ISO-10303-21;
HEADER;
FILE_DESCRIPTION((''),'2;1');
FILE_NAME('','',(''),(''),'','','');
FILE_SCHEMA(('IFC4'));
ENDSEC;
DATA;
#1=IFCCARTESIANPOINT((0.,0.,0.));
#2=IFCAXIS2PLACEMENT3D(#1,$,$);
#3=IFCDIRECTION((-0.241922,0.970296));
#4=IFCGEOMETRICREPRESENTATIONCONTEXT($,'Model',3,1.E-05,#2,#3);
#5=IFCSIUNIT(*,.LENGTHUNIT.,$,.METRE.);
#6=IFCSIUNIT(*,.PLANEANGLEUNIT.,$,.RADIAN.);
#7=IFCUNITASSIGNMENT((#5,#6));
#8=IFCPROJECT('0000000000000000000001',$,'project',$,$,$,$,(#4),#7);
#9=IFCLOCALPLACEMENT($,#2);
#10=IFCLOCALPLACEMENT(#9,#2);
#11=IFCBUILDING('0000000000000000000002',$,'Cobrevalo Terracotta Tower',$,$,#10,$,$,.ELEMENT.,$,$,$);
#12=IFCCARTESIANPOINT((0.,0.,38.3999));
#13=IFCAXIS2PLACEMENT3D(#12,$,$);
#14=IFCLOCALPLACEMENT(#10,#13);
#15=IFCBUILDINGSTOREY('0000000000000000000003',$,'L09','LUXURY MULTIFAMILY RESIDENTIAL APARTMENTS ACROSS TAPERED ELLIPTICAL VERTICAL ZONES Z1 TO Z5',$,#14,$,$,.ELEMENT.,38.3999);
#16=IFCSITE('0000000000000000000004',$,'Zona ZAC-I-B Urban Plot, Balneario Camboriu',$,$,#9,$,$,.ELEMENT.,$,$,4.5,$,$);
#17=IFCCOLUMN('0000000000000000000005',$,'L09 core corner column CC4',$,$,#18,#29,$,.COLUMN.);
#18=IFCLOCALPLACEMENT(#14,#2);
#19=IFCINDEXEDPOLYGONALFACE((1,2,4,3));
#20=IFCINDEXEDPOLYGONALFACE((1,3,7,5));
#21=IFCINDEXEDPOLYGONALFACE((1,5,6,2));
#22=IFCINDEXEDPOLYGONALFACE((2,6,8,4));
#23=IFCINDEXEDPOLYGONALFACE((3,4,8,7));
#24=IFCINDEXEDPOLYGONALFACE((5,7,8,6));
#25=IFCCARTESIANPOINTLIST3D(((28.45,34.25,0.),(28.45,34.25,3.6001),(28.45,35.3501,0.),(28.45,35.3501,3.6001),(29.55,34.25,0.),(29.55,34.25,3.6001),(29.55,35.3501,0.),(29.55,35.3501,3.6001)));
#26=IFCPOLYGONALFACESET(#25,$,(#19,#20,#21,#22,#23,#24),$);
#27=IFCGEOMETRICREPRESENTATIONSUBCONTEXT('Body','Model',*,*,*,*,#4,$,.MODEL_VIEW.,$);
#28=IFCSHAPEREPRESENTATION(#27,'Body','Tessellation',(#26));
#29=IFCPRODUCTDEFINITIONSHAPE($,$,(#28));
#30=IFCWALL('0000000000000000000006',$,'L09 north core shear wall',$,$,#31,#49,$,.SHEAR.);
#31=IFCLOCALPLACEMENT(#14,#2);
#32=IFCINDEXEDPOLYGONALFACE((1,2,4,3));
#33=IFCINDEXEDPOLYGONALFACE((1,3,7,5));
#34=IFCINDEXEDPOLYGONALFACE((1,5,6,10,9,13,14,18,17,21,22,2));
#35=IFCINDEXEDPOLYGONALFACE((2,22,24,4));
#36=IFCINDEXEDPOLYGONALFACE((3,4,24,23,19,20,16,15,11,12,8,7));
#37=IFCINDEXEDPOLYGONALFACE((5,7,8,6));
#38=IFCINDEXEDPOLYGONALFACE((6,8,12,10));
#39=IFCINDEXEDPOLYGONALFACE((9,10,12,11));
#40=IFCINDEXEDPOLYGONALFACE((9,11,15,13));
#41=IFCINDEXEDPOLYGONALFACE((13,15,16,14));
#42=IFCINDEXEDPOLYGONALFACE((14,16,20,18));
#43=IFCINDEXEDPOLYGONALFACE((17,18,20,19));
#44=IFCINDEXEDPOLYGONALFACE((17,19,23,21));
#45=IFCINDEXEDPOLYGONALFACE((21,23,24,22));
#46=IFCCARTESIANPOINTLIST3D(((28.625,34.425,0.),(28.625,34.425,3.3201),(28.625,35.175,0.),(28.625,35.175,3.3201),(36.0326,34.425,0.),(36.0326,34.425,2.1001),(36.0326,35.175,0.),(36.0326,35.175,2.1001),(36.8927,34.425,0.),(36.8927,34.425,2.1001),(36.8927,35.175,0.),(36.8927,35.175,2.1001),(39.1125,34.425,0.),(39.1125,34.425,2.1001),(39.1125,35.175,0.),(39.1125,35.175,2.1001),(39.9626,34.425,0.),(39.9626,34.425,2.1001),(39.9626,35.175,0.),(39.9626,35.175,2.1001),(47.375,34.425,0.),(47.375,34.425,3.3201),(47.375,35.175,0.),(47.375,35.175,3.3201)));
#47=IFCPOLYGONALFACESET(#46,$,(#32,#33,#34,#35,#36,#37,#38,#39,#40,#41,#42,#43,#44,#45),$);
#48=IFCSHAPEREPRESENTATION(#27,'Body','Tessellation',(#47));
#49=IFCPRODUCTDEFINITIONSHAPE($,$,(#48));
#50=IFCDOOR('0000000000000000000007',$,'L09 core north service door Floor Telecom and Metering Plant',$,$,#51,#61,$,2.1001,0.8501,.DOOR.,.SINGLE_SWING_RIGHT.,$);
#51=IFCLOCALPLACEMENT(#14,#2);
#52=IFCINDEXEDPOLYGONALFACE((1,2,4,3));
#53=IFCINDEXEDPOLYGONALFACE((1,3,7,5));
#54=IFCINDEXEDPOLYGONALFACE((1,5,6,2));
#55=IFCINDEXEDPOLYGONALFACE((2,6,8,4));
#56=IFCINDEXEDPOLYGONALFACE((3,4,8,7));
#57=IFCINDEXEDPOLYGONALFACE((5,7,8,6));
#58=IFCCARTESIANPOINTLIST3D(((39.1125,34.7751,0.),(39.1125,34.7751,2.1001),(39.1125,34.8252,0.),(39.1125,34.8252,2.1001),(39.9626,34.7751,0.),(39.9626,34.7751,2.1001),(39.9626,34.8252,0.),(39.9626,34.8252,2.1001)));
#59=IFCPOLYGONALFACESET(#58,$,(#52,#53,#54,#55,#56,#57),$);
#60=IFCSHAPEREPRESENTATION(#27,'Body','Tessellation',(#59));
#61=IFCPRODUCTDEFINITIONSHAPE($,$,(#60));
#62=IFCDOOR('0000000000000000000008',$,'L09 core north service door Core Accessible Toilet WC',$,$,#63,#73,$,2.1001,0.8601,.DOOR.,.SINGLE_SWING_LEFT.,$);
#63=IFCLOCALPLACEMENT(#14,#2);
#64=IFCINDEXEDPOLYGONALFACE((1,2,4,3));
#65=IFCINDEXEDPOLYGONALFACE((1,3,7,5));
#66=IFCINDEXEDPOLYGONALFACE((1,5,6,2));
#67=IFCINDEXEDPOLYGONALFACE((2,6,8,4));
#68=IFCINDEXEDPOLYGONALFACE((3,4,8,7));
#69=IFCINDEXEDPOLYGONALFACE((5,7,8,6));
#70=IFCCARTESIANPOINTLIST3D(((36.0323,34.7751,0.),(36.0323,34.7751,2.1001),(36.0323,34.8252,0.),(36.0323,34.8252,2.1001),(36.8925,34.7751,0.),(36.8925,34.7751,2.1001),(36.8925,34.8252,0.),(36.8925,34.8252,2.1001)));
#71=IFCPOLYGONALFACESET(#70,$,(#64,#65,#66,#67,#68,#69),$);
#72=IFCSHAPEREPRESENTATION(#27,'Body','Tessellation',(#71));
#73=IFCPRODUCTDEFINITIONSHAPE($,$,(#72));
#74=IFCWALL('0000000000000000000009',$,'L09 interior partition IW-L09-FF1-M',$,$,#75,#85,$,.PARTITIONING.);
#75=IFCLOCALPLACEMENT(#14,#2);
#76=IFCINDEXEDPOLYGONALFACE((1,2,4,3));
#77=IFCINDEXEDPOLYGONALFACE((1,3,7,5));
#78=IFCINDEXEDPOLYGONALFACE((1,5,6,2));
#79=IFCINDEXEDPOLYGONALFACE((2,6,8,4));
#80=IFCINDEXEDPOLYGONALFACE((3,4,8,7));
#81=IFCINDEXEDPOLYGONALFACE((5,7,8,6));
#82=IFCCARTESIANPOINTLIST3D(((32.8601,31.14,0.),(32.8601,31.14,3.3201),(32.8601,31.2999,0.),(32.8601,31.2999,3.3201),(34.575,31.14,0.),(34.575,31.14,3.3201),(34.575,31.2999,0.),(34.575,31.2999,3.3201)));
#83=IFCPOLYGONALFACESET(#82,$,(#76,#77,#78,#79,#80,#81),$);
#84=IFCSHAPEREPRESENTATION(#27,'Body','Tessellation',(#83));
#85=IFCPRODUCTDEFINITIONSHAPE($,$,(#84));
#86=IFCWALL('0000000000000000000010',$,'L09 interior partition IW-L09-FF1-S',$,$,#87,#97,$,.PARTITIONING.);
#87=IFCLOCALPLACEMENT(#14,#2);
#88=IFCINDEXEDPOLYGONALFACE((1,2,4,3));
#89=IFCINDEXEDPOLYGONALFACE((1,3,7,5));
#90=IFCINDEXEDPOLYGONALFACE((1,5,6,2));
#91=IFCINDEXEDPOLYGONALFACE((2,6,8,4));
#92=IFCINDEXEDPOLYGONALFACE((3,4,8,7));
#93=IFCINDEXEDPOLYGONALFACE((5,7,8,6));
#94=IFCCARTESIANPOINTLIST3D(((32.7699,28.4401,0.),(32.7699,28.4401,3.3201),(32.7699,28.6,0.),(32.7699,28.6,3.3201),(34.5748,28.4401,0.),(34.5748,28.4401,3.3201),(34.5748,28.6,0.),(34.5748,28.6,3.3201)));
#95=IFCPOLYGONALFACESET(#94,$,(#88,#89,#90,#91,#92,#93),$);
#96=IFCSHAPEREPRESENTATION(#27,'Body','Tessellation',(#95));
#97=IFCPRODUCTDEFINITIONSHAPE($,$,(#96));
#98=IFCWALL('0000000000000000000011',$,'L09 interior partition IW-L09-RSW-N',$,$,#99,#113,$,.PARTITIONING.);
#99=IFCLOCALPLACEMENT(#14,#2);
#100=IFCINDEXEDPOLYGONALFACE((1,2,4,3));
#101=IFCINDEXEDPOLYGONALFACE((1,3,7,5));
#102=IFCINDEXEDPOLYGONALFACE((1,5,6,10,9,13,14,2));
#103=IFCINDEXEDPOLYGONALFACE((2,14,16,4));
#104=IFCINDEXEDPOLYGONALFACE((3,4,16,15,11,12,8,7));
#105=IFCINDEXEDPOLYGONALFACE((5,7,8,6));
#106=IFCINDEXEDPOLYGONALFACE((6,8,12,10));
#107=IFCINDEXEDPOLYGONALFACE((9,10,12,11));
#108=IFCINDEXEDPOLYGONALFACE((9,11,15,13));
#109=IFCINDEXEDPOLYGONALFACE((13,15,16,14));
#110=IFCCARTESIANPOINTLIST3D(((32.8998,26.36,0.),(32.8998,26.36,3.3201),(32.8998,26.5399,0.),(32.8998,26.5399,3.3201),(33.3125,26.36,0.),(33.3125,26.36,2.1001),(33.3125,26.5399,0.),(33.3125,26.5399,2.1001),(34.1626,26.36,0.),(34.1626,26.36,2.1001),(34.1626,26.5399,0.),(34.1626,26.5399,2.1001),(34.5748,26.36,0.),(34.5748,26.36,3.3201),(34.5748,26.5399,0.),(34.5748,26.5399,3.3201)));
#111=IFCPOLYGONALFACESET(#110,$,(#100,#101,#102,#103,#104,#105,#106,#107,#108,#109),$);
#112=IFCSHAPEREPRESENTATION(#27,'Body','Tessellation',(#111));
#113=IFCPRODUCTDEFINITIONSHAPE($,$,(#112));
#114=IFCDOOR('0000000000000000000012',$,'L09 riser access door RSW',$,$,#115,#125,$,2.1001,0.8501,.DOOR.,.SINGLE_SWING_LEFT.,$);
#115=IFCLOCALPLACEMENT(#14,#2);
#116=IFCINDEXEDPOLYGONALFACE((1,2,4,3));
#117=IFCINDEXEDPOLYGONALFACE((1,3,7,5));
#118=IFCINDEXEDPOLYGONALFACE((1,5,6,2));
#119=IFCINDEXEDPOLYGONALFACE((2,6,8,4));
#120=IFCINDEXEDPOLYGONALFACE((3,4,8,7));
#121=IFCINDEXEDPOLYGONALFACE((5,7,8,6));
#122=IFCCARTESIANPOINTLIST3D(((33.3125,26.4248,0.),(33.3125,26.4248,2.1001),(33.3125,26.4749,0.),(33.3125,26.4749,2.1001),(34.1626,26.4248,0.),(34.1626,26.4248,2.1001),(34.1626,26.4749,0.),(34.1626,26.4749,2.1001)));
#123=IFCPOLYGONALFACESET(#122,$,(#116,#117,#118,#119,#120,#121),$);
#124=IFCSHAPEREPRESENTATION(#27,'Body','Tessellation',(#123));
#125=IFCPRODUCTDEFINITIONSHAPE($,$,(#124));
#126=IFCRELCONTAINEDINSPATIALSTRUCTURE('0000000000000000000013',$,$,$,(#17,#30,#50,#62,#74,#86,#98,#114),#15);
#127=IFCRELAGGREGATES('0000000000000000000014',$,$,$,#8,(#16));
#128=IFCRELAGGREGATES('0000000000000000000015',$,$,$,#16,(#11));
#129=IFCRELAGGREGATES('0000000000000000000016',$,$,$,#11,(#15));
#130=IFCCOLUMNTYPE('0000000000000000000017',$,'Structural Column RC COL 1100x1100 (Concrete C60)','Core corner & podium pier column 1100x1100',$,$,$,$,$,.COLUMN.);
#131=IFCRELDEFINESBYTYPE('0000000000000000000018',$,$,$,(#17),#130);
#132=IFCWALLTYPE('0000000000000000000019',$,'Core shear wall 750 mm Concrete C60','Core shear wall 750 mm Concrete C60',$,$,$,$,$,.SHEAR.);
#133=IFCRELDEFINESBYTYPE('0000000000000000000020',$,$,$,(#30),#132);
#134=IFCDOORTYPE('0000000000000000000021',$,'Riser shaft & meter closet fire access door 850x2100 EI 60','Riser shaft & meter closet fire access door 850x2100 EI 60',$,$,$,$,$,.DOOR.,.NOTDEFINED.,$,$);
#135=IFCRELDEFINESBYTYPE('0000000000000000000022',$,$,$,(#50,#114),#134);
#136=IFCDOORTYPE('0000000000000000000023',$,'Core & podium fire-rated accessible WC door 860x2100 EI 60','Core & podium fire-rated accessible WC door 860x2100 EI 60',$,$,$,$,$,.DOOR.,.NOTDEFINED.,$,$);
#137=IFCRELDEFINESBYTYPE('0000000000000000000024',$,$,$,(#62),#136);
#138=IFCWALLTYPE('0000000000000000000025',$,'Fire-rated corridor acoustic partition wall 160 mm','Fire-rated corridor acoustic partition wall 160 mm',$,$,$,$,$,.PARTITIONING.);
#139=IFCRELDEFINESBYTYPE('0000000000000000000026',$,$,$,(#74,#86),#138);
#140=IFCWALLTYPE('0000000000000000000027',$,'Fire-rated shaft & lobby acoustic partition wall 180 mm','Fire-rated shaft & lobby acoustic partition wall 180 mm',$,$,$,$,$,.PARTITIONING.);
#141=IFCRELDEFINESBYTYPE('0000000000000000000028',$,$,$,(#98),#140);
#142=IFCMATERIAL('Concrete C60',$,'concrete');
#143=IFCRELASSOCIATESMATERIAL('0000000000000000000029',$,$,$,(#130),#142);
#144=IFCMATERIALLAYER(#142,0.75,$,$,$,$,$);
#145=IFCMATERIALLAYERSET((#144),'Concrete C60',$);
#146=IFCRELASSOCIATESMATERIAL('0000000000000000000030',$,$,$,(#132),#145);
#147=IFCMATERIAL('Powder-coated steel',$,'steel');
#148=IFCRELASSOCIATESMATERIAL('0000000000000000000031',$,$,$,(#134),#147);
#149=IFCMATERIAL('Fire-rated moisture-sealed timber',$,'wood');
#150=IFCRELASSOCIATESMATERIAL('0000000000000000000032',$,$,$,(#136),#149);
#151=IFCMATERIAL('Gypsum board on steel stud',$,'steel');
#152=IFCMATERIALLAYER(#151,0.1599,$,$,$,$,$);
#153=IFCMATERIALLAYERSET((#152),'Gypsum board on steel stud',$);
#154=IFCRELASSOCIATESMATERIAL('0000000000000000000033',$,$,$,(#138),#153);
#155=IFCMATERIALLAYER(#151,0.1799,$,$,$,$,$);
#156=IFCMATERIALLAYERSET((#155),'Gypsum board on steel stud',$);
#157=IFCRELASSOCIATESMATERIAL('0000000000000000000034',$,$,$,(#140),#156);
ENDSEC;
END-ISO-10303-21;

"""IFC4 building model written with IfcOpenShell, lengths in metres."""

from ifc_helpers import new_model, si_unit, direction, frame, frame_2d, origin, origin_2d, place, context, subcontext, project, spatial, rectangle, extrude, source, transform, mapped, material, layer, layer_set, material_profile, profile_set, type_object, element, fill, save


model = new_model("IFC4")

# Units and contexts
model_context = context("Model", 3, precision=1e-05, world=origin(), true_north=direction((-0.241922, 0.970296)))
body_context = subcontext(model_context, "Body", "Model", "MODEL_VIEW")
ifc_project = project(units=[si_unit("LENGTHUNIT", "METRE"), si_unit("PLANEANGLEUNIT", "RADIAN")], contexts=[model_context])

# Site, building, storey
site_placement = place(None, origin())
site = spatial("IfcSite", under=ifc_project, at=site_placement, Name="Zona ZAC-I-B Urban Plot, Balneario Camboriu", CompositionType="ELEMENT", RefElevation=4.5)
building_placement = place(site_placement, origin())
building = spatial("IfcBuilding", under=site, at=building_placement, Name="Cobrevalo Terracotta Tower", CompositionType="ELEMENT")
storey_placement = place(building_placement, frame((0.0, 0.0, 38.3999)))
storey = spatial("IfcBuildingStorey", under=building, at=storey_placement, Name="L09", Description="LUXURY MULTIFAMILY RESIDENTIAL APARTMENTS ACROSS TAPERED ELLIPTICAL VERTICAL ZONES Z1 TO Z5", CompositionType="ELEMENT", Elevation=38.3999)

# Column
ifc_material_1 = material(Name="Concrete C60", Category="concrete")
ifc_material_profile = material_profile(ifc_material_1, rectangle(XDim=1.1001, YDim=1.1001, at=origin_2d()), Name="RC COL 1100x1100")
ifc_profile_set = profile_set([ifc_material_profile], Name="Concrete C60")
column_type = type_object("IfcColumnType", Name="Structural Column RC COL 1100x1100 (Concrete C60)", Description="Core corner & podium pier column 1100x1100", PredefinedType="COLUMN", material=ifc_profile_set)
column_placement = place(storey_placement, frame((29.0, 34.8, 0.0), z_axis=(0.0, 0.0, 1.0), x_axis=(1.0, 0.0, 0.0)))
element("IfcColumn", 1, at=column_placement, inside=storey, type_object=column_type, Name="L09 core corner column CC4", PredefinedType="COLUMN", context=body_context, shape_type="SweptSolid", body=[
    extrude(rectangle(XDim=1.1001, YDim=1.1001, at=origin_2d()), origin(), (0.0, 0.0, 1.0), 3.6001),
])

# Wall, openings, doors
ifc_layer_1 = layer(ifc_material_1, 0.75)
ifc_layer_set_1 = layer_set([ifc_layer_1], Name="Concrete C60")
wall_type_1 = type_object("IfcWallType", Name="Core shear wall 750 mm Concrete C60", Description="Core shear wall 750 mm Concrete C60", PredefinedType="SHEAR", material=ifc_layer_set_1)
wall_1_placement = place(storey_placement, frame((28.625, 34.8, 0.0), z_axis=(0.0, 0.0, 1.0), x_axis=(1.0, 0.0, 0.0)))
wall_1 = element("IfcWall", 2, at=wall_1_placement, inside=storey, type_object=wall_type_1, Name="L09 north core shear wall", PredefinedType="SHEAR", context=body_context, shape_type="SweptSolid", body=[
    extrude(rectangle(XDim=18.75, YDim=0.75, at=frame_2d((9.375, 0.0))), origin(), (0.0, 0.0, 1.0), 3.3201),
])
opening_1_placement = place(wall_1_placement, frame((7.4075, 0.0, 0.0)))
opening_1 = element("IfcOpeningElement", 3, at=opening_1_placement, cuts=wall_1, PredefinedType="OPENING", context=body_context, shape_type="SweptSolid", body=[
    extrude(rectangle(XDim=0.8601, YDim=2.1001, at=frame_2d((0.4302, 1.05))), frame((0.0, 0.385, 0.0), z_axis=(0.0, -1.0, 0.0), x_axis=(1.0, 0.0, 0.0)), (0.0, 0.0, 1.0), 0.77),
])
opening_2_placement = place(wall_1_placement, frame((10.4875, 0.0, 0.0)))
opening_2 = element("IfcOpeningElement", 4, at=opening_2_placement, cuts=wall_1, PredefinedType="OPENING", context=body_context, shape_type="SweptSolid", body=[
    extrude(rectangle(XDim=0.8501, YDim=2.1001, at=frame_2d((0.425, 1.05))), frame((0.0, 0.385, 0.0), z_axis=(0.0, -1.0, 0.0), x_axis=(1.0, 0.0, 0.0)), (0.0, 0.0, 1.0), 0.77),
])
ifc_material_2 = material(Name="Powder-coated steel", Category="steel")
door_type_1 = type_object("IfcDoorType", Name="Riser shaft & meter closet fire access door 850x2100 EI 60", Description="Riser shaft & meter closet fire access door 850x2100 EI 60", OperationType="NOTDEFINED", PredefinedType="DOOR", material=ifc_material_2)
shared_shape_1 = source(origin(), body_context, "Body", "SweptSolid", [
    extrude(rectangle(XDim=0.8501, YDim=2.1001, at=frame_2d((0.425, 1.05))), frame((0.0, 0.0249, 0.0), z_axis=(0.0, -1.0, 0.0), x_axis=(1.0, 0.0, 0.0)), (0.0, 0.0, 1.0), 0.05),
])
door_1_placement = place(opening_2_placement, frame((0.8501, 0.0, 0.0), z_axis=(0.0, 0.0, 1.0), x_axis=(-1.0, 0.0, 0.0)))
door_1 = element("IfcDoor", 5, at=door_1_placement, inside=storey, type_object=door_type_1, Name="L09 core north service door Floor Telecom and Metering Plant", OperationType="SINGLE_SWING_RIGHT", OverallHeight=2.1001, OverallWidth=0.8501, PredefinedType="DOOR", context=body_context, shape_type="MappedRepresentation", body=[
    mapped(shared_shape_1, transform((0.0, 0.0, 0.0), scale=1.0)),
])
fill(opening_2, door_1)
ifc_material_3 = material(Name="Fire-rated moisture-sealed timber", Category="wood")
door_type_2 = type_object("IfcDoorType", Name="Core & podium fire-rated accessible WC door 860x2100 EI 60", Description="Core & podium fire-rated accessible WC door 860x2100 EI 60", OperationType="NOTDEFINED", PredefinedType="DOOR", material=ifc_material_3)
shared_shape_2 = source(origin(), body_context, "Body", "SweptSolid", [
    extrude(rectangle(XDim=0.8601, YDim=2.1001, at=frame_2d((0.4302, 1.05))), frame((0.0, 0.0249, 0.0), z_axis=(0.0, -1.0, 0.0), x_axis=(1.0, 0.0, 0.0)), (0.0, 0.0, 1.0), 0.05),
])
door_2_placement = place(opening_1_placement, frame((0.8601, 0.0, 0.0), z_axis=(0.0, 0.0, 1.0), x_axis=(-1.0, 0.0, 0.0)))
door_2 = element("IfcDoor", 6, at=door_2_placement, inside=storey, type_object=door_type_2, Name="L09 core north service door Core Accessible Toilet WC", OperationType="SINGLE_SWING_LEFT", OverallHeight=2.1001, OverallWidth=0.8601, PredefinedType="DOOR", context=body_context, shape_type="MappedRepresentation", body=[
    mapped(shared_shape_2, transform((0.0, 0.0, 0.0), scale=1.0)),
])
fill(opening_1, door_2)

# Walls
ifc_material_4 = material(Name="Gypsum board on steel stud", Category="steel")
ifc_layer_2 = layer(ifc_material_4, 0.1599)
ifc_layer_set_2 = layer_set([ifc_layer_2], Name="Gypsum board on steel stud")
wall_type_2 = type_object("IfcWallType", Name="Fire-rated corridor acoustic partition wall 160 mm", Description="Fire-rated corridor acoustic partition wall 160 mm", PredefinedType="PARTITIONING", material=ifc_layer_set_2)
wall_2_placement = place(storey_placement, frame((32.8601, 31.22, 0.0), z_axis=(0.0, 0.0, 1.0), x_axis=(1.0, 0.0, 0.0)))
element("IfcWall", 7, at=wall_2_placement, inside=storey, type_object=wall_type_2, Name="L09 interior partition IW-L09-FF1-M", PredefinedType="PARTITIONING", context=body_context, shape_type="SweptSolid", body=[
    extrude(rectangle(XDim=1.7148, YDim=0.1599, at=frame_2d((0.8574, 0.0))), origin(), (0.0, 0.0, 1.0), 3.3201),
])
wall_3_placement = place(storey_placement, frame((32.77, 28.52, 0.0), z_axis=(0.0, 0.0, 1.0), x_axis=(1.0, 0.0, 0.0)))
element("IfcWall", 8, at=wall_3_placement, inside=storey, type_object=wall_type_2, Name="L09 interior partition IW-L09-FF1-S", PredefinedType="PARTITIONING", context=body_context, shape_type="SweptSolid", body=[
    extrude(rectangle(XDim=1.8049, YDim=0.1599, at=frame_2d((0.9023, 0.0))), origin(), (0.0, 0.0, 1.0), 3.3201),
])

# Wall, opening, door
ifc_layer_3 = layer(ifc_material_4, 0.1799)
ifc_layer_set_3 = layer_set([ifc_layer_3], Name="Gypsum board on steel stud")
wall_type_3 = type_object("IfcWallType", Name="Fire-rated shaft & lobby acoustic partition wall 180 mm", Description="Fire-rated shaft & lobby acoustic partition wall 180 mm", PredefinedType="PARTITIONING", material=ifc_layer_set_3)
wall_4_placement = place(storey_placement, frame((32.8999, 26.45, 0.0), z_axis=(0.0, 0.0, 1.0), x_axis=(1.0, 0.0, 0.0)))
wall_4 = element("IfcWall", 9, at=wall_4_placement, inside=storey, type_object=wall_type_3, Name="L09 interior partition IW-L09-RSW-N", PredefinedType="PARTITIONING", context=body_context, shape_type="SweptSolid", body=[
    extrude(rectangle(XDim=1.675, YDim=0.1799, at=frame_2d((0.8374, 0.0))), origin(), (0.0, 0.0, 1.0), 3.3201),
])
opening_3_placement = place(wall_4_placement, frame((0.4126, 0.0, 0.0)))
opening_3 = element("IfcOpeningElement", 10, at=opening_3_placement, cuts=wall_4, PredefinedType="OPENING", context=body_context, shape_type="SweptSolid", body=[
    extrude(rectangle(XDim=0.8501, YDim=2.1001, at=frame_2d((0.425, 1.05))), frame((0.0, 0.1001, 0.0), z_axis=(0.0, -1.0, 0.0), x_axis=(1.0, 0.0, 0.0)), (0.0, 0.0, 1.0), 0.2),
])
door_3_placement = place(opening_3_placement, origin())
door_3 = element("IfcDoor", 11, at=door_3_placement, inside=storey, type_object=door_type_1, Name="L09 riser access door RSW", OperationType="SINGLE_SWING_LEFT", OverallHeight=2.1001, OverallWidth=0.8501, PredefinedType="DOOR", context=body_context, shape_type="MappedRepresentation", body=[
    mapped(shared_shape_1, transform((0.0, 0.0, 0.0), scale=1.0)),
])
fill(opening_3, door_3)

save(model, "model.ifc")
